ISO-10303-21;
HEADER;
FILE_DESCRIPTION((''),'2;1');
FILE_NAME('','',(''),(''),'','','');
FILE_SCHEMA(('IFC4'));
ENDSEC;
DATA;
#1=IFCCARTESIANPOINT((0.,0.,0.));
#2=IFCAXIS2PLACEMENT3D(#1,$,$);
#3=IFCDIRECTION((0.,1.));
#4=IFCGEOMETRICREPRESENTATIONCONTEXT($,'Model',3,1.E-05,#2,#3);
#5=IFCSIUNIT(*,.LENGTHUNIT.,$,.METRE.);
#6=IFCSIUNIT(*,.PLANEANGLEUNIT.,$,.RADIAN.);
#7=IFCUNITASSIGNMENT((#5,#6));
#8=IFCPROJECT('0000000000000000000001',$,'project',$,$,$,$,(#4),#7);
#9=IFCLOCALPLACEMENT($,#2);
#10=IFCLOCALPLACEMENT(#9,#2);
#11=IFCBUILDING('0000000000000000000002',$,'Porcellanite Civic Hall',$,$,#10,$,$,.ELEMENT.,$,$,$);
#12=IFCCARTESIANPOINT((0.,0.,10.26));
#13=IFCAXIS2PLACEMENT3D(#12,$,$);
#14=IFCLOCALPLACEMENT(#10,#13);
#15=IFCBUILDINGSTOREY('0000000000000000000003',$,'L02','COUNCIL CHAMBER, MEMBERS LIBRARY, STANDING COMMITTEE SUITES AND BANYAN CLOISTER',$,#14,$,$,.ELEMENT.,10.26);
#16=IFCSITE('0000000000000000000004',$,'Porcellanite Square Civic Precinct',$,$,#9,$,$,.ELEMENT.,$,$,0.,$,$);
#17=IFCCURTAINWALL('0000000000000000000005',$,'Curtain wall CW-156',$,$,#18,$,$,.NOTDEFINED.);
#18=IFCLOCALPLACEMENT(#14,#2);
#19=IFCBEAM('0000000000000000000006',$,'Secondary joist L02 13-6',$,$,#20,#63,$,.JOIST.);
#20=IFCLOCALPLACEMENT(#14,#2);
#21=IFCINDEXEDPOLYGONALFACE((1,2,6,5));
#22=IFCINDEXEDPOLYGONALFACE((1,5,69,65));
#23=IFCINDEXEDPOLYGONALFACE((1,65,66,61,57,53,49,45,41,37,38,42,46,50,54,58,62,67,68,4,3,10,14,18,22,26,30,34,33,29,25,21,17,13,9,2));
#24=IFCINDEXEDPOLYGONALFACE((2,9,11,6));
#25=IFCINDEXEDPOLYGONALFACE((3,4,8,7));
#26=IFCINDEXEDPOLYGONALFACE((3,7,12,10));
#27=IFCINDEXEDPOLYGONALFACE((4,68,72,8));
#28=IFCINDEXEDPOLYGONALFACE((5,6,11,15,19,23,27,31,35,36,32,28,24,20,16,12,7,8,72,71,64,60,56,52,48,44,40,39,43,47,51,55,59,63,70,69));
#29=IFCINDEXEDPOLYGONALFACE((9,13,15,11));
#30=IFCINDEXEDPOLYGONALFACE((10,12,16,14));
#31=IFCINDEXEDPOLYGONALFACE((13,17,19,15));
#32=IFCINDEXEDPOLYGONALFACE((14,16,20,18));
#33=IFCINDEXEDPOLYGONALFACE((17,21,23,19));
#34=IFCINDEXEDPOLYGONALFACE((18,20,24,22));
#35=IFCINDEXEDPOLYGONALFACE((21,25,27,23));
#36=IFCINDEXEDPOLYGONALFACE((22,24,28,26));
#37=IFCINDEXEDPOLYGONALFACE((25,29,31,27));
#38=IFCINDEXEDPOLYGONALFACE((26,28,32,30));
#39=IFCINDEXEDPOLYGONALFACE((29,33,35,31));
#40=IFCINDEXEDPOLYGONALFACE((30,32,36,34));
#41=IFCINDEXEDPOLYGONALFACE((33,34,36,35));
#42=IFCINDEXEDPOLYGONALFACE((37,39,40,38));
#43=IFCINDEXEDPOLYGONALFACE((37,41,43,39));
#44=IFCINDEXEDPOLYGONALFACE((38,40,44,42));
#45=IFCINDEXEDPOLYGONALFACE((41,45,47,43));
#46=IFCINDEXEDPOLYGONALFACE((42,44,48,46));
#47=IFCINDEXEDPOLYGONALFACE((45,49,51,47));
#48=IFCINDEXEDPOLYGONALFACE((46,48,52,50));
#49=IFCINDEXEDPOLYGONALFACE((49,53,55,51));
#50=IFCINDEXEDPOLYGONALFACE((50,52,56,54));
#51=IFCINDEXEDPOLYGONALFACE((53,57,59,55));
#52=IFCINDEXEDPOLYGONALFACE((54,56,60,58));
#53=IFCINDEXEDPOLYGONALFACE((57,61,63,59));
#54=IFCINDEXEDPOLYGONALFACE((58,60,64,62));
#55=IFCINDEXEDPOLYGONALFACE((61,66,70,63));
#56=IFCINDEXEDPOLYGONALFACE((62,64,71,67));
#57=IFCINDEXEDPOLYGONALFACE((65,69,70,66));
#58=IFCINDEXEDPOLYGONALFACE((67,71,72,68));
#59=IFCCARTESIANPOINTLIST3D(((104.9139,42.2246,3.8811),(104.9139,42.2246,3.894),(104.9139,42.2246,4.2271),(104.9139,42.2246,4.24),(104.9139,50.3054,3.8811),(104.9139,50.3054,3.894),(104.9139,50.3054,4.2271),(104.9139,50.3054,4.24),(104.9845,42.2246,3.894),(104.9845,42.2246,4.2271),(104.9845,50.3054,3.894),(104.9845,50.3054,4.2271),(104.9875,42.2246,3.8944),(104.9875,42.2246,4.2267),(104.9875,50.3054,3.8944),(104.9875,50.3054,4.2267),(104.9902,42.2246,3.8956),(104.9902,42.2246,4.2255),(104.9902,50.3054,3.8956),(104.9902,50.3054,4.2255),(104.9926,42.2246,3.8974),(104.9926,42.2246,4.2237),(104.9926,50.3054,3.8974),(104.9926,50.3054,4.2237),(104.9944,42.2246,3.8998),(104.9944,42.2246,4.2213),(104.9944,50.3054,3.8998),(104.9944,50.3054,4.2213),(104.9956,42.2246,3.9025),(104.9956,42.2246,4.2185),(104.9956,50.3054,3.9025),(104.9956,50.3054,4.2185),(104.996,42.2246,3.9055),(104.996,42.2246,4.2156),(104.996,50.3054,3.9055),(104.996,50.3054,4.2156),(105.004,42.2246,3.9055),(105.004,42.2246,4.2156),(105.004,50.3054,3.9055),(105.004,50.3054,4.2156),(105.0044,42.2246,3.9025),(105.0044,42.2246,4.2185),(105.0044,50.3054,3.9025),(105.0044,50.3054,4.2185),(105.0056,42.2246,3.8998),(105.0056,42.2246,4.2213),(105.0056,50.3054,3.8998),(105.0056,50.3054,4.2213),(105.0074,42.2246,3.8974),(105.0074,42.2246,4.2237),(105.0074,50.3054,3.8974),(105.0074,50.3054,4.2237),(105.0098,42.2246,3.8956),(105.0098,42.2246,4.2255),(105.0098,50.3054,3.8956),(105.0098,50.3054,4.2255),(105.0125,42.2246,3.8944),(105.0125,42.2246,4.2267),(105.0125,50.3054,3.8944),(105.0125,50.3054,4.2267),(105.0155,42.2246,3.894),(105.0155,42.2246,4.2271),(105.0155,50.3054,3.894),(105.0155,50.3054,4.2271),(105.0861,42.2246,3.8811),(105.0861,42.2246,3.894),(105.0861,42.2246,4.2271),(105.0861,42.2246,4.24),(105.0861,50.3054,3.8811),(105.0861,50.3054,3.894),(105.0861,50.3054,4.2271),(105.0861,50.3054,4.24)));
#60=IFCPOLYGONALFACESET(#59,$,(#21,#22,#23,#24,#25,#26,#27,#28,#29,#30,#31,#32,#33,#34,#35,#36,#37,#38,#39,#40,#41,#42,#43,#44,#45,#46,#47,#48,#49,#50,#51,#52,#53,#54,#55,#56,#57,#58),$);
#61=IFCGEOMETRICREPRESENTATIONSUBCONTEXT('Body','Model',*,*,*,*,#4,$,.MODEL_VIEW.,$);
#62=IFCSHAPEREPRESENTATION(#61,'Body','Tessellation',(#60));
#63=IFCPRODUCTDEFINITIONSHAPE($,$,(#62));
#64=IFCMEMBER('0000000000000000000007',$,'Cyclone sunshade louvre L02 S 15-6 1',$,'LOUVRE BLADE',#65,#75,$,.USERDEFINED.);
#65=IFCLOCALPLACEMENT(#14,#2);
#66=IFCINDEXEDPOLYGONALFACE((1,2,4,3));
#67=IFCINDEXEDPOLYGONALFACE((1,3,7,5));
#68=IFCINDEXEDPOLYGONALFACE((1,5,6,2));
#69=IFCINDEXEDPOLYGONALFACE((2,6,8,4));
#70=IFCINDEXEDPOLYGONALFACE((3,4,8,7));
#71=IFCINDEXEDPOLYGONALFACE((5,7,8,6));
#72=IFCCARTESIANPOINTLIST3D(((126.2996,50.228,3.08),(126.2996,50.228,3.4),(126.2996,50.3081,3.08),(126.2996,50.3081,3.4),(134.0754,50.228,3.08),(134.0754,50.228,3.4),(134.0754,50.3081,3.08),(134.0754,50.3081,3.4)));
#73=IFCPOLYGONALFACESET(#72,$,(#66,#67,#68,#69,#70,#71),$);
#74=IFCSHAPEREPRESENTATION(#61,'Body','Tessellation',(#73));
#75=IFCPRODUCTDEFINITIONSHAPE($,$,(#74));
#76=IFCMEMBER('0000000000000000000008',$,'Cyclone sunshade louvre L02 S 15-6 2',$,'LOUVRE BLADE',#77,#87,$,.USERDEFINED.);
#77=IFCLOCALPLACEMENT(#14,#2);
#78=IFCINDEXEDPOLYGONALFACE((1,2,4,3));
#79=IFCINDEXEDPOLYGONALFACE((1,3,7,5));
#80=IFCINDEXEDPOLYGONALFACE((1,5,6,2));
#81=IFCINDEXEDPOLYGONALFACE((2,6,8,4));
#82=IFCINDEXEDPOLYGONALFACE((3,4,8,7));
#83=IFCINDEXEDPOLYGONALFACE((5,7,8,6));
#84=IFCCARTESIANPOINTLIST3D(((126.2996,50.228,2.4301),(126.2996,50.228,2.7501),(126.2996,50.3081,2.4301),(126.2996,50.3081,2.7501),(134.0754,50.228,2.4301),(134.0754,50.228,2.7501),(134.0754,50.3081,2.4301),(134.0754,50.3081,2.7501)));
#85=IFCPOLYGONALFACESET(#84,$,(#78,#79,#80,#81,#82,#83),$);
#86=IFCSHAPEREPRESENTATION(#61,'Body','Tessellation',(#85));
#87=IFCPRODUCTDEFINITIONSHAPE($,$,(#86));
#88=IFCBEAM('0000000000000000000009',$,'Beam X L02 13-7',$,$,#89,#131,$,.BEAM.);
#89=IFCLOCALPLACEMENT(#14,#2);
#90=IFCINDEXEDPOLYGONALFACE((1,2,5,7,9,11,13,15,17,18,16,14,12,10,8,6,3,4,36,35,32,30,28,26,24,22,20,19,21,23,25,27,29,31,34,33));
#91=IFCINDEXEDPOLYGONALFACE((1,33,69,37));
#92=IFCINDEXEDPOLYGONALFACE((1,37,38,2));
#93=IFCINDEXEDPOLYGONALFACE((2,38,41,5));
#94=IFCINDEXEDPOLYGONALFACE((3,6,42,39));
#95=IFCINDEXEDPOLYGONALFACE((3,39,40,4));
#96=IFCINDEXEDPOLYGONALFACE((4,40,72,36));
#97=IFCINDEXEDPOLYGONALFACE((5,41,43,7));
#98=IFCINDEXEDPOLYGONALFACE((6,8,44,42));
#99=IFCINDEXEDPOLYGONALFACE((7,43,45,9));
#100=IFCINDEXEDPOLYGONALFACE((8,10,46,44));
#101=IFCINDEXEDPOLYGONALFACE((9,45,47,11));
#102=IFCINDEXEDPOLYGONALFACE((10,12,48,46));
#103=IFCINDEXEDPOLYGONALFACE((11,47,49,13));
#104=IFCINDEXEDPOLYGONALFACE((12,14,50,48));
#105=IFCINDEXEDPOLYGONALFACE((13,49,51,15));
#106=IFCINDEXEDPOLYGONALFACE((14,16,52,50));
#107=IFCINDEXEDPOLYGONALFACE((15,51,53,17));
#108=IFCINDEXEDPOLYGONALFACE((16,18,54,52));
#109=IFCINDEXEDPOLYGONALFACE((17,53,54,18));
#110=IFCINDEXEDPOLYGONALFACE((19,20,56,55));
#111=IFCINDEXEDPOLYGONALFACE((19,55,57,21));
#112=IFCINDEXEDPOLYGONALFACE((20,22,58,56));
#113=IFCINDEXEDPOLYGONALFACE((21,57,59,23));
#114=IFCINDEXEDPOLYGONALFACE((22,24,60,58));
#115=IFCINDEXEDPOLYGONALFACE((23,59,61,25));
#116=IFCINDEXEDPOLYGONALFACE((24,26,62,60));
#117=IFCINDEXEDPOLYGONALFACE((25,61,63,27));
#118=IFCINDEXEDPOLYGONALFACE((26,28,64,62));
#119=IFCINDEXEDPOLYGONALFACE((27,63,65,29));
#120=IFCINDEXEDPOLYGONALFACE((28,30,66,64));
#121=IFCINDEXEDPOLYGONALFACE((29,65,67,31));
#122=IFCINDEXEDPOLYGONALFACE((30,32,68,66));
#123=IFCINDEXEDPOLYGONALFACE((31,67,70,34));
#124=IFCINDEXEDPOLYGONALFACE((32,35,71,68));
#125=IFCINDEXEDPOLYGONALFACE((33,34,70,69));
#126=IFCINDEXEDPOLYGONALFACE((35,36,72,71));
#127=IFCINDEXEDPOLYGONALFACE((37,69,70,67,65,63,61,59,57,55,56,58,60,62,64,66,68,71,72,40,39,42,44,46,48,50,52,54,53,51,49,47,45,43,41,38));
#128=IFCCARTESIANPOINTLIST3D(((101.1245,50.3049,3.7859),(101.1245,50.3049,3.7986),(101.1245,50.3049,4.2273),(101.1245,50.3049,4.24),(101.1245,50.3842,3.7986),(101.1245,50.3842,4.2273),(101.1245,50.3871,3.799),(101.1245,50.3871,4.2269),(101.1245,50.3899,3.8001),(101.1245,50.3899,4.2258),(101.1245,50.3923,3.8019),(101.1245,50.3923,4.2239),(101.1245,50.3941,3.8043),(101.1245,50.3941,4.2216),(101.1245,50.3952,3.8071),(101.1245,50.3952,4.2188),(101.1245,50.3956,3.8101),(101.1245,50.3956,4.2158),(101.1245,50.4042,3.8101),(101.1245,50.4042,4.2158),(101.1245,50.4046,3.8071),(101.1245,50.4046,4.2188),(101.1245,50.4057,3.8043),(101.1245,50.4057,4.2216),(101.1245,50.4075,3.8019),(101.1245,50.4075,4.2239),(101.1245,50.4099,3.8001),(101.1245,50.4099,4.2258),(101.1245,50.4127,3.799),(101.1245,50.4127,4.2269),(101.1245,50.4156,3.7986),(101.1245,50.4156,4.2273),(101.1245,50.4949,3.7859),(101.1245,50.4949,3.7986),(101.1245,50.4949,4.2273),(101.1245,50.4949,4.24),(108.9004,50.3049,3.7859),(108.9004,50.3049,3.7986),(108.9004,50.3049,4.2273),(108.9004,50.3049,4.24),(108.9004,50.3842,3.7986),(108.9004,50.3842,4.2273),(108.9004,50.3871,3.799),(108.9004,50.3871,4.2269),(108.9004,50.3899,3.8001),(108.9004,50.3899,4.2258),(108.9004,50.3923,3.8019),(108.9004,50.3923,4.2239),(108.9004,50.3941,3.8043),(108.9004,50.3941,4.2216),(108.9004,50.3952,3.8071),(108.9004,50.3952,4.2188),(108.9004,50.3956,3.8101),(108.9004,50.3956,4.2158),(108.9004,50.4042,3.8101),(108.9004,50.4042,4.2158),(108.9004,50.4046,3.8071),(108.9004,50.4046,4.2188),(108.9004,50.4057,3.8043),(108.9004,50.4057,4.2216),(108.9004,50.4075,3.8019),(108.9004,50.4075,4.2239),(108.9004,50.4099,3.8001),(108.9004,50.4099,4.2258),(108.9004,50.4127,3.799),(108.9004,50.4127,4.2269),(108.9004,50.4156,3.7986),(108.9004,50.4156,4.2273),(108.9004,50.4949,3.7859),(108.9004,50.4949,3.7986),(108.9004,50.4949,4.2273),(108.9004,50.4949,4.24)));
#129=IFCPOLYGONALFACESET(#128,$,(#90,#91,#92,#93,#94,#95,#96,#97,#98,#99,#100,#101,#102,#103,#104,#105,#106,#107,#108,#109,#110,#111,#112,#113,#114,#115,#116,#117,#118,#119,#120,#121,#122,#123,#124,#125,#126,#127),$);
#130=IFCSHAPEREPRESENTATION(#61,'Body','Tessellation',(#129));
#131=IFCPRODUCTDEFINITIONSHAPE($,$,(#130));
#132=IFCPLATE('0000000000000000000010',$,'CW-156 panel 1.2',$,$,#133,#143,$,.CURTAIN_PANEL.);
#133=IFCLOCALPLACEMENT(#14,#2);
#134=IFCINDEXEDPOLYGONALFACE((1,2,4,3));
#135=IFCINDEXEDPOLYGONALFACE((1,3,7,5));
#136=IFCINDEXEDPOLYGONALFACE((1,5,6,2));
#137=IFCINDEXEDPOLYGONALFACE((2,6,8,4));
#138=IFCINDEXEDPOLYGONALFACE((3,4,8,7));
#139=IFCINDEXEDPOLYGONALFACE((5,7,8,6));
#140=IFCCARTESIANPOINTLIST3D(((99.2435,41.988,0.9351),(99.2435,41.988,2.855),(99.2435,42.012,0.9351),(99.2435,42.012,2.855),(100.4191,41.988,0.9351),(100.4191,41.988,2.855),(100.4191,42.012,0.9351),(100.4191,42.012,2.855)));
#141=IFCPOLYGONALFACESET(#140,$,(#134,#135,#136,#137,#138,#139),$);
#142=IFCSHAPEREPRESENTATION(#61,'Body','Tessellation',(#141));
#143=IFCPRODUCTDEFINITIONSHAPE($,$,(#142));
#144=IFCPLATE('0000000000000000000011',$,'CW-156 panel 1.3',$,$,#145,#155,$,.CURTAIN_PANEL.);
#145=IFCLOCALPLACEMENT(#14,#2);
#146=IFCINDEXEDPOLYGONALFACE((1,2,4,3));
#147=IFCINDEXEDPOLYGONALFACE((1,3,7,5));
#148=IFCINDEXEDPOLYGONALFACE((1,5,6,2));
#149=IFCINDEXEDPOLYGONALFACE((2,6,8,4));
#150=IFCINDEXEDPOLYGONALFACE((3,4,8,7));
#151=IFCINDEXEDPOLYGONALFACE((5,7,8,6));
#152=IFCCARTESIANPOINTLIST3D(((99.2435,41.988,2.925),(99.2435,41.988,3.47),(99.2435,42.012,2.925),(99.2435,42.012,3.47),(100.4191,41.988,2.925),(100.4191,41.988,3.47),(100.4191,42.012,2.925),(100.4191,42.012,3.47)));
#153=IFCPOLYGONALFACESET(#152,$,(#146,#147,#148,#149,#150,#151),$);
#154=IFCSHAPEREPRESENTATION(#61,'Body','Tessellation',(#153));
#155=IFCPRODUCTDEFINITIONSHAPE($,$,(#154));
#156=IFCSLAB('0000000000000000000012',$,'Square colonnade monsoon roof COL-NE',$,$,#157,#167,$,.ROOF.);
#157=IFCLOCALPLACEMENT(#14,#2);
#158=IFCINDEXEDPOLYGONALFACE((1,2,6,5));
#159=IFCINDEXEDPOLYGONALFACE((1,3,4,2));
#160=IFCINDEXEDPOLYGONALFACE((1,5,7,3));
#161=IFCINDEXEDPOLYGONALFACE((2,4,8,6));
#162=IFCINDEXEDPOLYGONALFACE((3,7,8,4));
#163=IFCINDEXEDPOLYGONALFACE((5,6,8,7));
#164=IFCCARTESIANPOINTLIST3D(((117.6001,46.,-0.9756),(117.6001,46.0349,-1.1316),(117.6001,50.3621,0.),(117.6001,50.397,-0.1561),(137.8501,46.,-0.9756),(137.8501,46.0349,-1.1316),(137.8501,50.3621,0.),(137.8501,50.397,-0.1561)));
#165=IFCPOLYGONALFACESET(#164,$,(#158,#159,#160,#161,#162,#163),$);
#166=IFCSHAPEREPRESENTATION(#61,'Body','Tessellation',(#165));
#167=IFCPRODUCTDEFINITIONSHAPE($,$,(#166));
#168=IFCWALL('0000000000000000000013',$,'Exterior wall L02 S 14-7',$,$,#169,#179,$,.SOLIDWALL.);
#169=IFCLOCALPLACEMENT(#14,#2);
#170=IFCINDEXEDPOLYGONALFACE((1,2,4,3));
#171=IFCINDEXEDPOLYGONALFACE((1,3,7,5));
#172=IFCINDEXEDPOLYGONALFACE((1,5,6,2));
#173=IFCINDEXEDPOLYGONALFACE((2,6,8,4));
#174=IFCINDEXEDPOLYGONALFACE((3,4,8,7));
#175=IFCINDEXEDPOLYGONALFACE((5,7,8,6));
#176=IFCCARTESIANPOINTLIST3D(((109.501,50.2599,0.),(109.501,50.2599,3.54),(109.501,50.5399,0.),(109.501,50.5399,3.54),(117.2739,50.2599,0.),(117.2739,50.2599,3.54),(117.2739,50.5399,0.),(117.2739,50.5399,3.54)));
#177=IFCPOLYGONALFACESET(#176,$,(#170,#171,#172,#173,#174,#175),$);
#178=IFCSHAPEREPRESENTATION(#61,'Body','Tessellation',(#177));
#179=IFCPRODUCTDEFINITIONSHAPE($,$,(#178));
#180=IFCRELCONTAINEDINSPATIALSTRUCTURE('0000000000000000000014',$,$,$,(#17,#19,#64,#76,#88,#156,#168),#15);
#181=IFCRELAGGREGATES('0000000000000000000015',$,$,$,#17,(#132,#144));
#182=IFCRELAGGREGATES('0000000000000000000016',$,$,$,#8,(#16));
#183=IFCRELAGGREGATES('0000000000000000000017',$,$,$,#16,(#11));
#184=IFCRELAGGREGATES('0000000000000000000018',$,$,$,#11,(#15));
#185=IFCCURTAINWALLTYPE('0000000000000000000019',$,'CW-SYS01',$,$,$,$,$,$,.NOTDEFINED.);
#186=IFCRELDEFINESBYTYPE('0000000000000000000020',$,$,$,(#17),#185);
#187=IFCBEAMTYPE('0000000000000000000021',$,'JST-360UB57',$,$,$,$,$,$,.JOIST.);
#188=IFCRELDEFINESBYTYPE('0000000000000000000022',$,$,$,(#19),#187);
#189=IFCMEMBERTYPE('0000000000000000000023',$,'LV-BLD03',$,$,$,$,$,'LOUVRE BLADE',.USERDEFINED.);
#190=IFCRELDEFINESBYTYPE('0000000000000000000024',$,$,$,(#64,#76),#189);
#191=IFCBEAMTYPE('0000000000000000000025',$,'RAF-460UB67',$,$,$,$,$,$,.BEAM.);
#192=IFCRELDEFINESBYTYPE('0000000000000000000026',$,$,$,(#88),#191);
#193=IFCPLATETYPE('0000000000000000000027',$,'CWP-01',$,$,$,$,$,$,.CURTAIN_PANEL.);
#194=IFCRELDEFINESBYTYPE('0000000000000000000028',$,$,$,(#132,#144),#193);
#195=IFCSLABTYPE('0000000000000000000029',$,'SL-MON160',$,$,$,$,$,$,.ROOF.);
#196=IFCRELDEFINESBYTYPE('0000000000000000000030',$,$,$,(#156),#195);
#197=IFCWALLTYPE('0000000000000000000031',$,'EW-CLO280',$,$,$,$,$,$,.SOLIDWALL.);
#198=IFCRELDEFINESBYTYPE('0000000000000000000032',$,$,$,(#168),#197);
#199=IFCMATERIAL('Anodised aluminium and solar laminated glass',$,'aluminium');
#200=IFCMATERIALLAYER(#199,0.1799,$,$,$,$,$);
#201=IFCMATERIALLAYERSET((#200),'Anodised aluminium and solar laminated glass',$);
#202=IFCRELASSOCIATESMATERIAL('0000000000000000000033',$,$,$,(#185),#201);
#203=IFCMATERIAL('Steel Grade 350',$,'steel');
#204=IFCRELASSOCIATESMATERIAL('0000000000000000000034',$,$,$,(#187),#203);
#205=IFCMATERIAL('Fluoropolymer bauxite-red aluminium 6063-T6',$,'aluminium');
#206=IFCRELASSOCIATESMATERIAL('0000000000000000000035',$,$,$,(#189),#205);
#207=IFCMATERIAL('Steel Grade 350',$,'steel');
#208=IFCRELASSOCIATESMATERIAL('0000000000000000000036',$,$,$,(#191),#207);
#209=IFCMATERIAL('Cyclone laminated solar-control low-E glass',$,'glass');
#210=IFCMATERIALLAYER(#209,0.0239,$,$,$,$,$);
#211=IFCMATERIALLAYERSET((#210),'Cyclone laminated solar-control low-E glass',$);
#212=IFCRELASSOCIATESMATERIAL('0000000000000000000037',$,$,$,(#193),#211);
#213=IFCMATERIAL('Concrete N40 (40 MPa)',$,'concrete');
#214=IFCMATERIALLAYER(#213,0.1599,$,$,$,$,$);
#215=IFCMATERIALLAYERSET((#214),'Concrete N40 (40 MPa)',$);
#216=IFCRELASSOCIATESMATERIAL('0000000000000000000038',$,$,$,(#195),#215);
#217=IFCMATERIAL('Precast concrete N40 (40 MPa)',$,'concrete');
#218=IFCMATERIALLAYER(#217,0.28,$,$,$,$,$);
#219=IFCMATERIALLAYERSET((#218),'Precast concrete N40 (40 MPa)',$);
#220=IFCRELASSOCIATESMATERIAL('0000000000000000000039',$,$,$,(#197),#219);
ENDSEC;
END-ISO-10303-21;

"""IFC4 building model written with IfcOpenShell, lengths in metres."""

from ifc_helpers import new_model, si_unit, direction, frame, frame_2d, origin, origin_2d, place, context, subcontext, project, spatial, polyline, rectangle, i_section, outline, extrude, material, layer, layer_set, material_profile, profile_set, type_object, element, aggregate, save


model = new_model("IFC4")

# Units and contexts
model_context = context("Model", 3, precision=1e-05, world=origin(), true_north=direction((0.0, 1.0)))
body_context = subcontext(model_context, "Body", "Model", "MODEL_VIEW")
ifc_project = project(units=[si_unit("LENGTHUNIT", "METRE"), si_unit("PLANEANGLEUNIT", "RADIAN")], contexts=[model_context])

# Site, building, storey
site_placement = place(None, origin())
site = spatial("IfcSite", under=ifc_project, at=site_placement, Name="Porcellanite Square Civic Precinct", CompositionType="ELEMENT", RefElevation=0.0)
building_placement = place(site_placement, origin())
building = spatial("IfcBuilding", under=site, at=building_placement, Name="Porcellanite Civic Hall", CompositionType="ELEMENT")
storey_placement = place(building_placement, frame((0.0, 0.0, 10.26)))
storey = spatial("IfcBuildingStorey", under=building, at=storey_placement, Name="L02", Description="COUNCIL CHAMBER, MEMBERS LIBRARY, STANDING COMMITTEE SUITES AND BANYAN CLOISTER", CompositionType="ELEMENT", Elevation=10.26)

# Curtain wall
ifc_material_1 = material(Name="Anodised aluminium and solar laminated glass", Category="aluminium")
ifc_layer_1 = layer(ifc_material_1, 0.1799)
ifc_layer_set_1 = layer_set([ifc_layer_1], Name="Anodised aluminium and solar laminated glass")
curtain_wall_type = type_object("IfcCurtainWallType", Name="CW-SYS01", PredefinedType="NOTDEFINED", material=ifc_layer_set_1)
curtain_wall_placement = place(storey_placement, origin())
curtain_wall = element("IfcCurtainWall", 1, at=curtain_wall_placement, inside=storey, type_object=curtain_wall_type, Name="Curtain wall CW-156", PredefinedType="NOTDEFINED")

# Beam
ifc_material_2 = material(Name="Steel Grade 350", Category="steel")
ifc_material_profile_1 = material_profile(ifc_material_2, i_section(OverallWidth=0.1721, OverallDepth=0.3589, WebThickness=0.0081, FlangeThickness=0.0129, FilletRadius=0.0115, at=origin_2d()), Name="360UB56.7")
ifc_profile_set_1 = profile_set([ifc_material_profile_1], Name="Steel Grade 350")
beam_type_1 = type_object("IfcBeamType", Name="JST-360UB57", PredefinedType="JOIST", material=ifc_profile_set_1)
beam_1_placement = place(storey_placement, frame((105.0, 42.2246, 4.0605), z_axis=(0.0, 1.0, 0.0), x_axis=(-1.0, 0.0, 0.0)))
element("IfcBeam", 2, at=beam_1_placement, inside=storey, type_object=beam_type_1, Name="Secondary joist L02 13-6", PredefinedType="JOIST", context=body_context, shape_type="SweptSolid", body=[
    extrude(i_section(OverallWidth=0.1721, OverallDepth=0.3589, WebThickness=0.0081, FlangeThickness=0.0129, FilletRadius=0.0115, at=origin_2d()), origin(), (0.0, 0.0, 1.0), 8.0808),
])

# Members
ifc_material_3 = material(Name="Fluoropolymer bauxite-red aluminium 6063-T6", Category="aluminium")
ifc_material_profile_2 = material_profile(ifc_material_3, rectangle(XDim=0.0801, YDim=0.3201, at=origin_2d()), Name="AL-80x320")
ifc_profile_set_2 = profile_set([ifc_material_profile_2], Name="Fluoropolymer bauxite-red aluminium 6063-T6")
member_type_1 = type_object("IfcMemberType", Name="LV-BLD03", ElementType="LOUVRE BLADE", PredefinedType="USERDEFINED", material=ifc_profile_set_2)
for number, where, z_axis, x_axis, name in (
    (3, (134.0754, 50.2681, 3.24), (-1.0, 0.0, 0.0), (0.0, -1.0, 0.0), "Cyclone sunshade louvre L02 S 15-6 1"),
    (4, (134.0754, 50.2681, 2.5901), (-1.0, 0.0, 0.0), (0.0, -1.0, 0.0), "Cyclone sunshade louvre L02 S 15-6 2"),
):
    element("IfcMember", number, at=place(storey_placement, frame(where, z_axis=z_axis, x_axis=x_axis)), inside=storey, type_object=member_type_1, Name=name, ObjectType="LOUVRE BLADE", PredefinedType="USERDEFINED", context=body_context, shape_type="SweptSolid", body=[
        extrude(rectangle(XDim=0.0801, YDim=0.3201, at=origin_2d()), origin(), (0.0, 0.0, 1.0), 7.7759),
    ])

# Beam
ifc_material_4 = material(Name="Steel Grade 350", Category="steel")
ifc_material_profile_3 = material_profile(ifc_material_4, i_section(OverallWidth=0.1899, OverallDepth=0.4541, WebThickness=0.0085, FlangeThickness=0.0127, FilletRadius=0.0115, at=origin_2d()), Name="460UB67.1")
ifc_profile_set_3 = profile_set([ifc_material_profile_3], Name="Steel Grade 350")
beam_type_2 = type_object("IfcBeamType", Name="RAF-460UB67", PredefinedType="BEAM", material=ifc_profile_set_3)
beam_2_placement = place(storey_placement, frame((101.1245, 50.3999, 4.0129), z_axis=(1.0, 0.0, 0.0), x_axis=(0.0, 1.0, 0.0)))
element("IfcBeam", 5, at=beam_2_placement, inside=storey, type_object=beam_type_2, Name="Beam X L02 13-7", PredefinedType="BEAM", context=body_context, shape_type="SweptSolid", body=[
    extrude(i_section(OverallWidth=0.1899, OverallDepth=0.4541, WebThickness=0.0085, FlangeThickness=0.0127, FilletRadius=0.0115, at=origin_2d()), origin(), (0.0, 0.0, 1.0), 7.7759),
])

# Plates
ifc_material_5 = material(Name="Cyclone laminated solar-control low-E glass", Category="glass")
ifc_layer_2 = layer(ifc_material_5, 0.0239)
ifc_layer_set_2 = layer_set([ifc_layer_2], Name="Cyclone laminated solar-control low-E glass")
plate_type = type_object("IfcPlateType", Name="CWP-01", PredefinedType="CURTAIN_PANEL", material=ifc_layer_set_2)
plate_1_placement = place(storey_placement, frame((99.8313, 42.0, 0.9351), z_axis=(0.0, 0.0, 1.0), x_axis=(-1.0, 0.0, 0.0)))
plate_1 = element("IfcPlate", 6, at=plate_1_placement, type_object=plate_type, Name="CW-156 panel 1.2", PredefinedType="CURTAIN_PANEL", context=body_context, shape_type="SweptSolid", body=[
    extrude(rectangle(XDim=1.1755, YDim=0.0239, at=origin_2d()), origin(), (0.0, 0.0, 1.0), 1.9199),
])
plate_2_placement = place(storey_placement, frame((99.8313, 42.0, 2.925), z_axis=(0.0, 0.0, 1.0), x_axis=(-1.0, 0.0, 0.0)))
plate_2 = element("IfcPlate", 7, at=plate_2_placement, type_object=plate_type, Name="CW-156 panel 1.3", PredefinedType="CURTAIN_PANEL", context=body_context, shape_type="SweptSolid", body=[
    extrude(rectangle(XDim=1.1755, YDim=0.0239, at=origin_2d()), origin(), (0.0, 0.0, 1.0), 0.5449),
])
aggregate(curtain_wall, [plate_1, plate_2])

# Slab
ifc_material_6 = material(Name="Concrete N40 (40 MPa)", Category="concrete")
ifc_layer_3 = layer(ifc_material_6, 0.1599)
ifc_layer_set_3 = layer_set([ifc_layer_3], Name="Concrete N40 (40 MPa)")
slab_type = type_object("IfcSlabType", Name="SL-MON160", PredefinedType="ROOF", material=ifc_layer_set_3)
slab_placement = place(storey_placement, frame((117.6001, 46.0, -0.9756), z_axis=(0.0, -0.21826, 0.975891), x_axis=(1.0, 0.0, 0.0)))
element("IfcSlab", 8, at=slab_placement, inside=storey, type_object=slab_type, Name="Square colonnade monsoon roof COL-NE", PredefinedType="ROOF", context=body_context, shape_type="SweptSolid", body=[
    extrude(outline(polyline([(0.0, 0.0), (20.25, 0.0), (20.25, 4.4698), (0.0, 4.4698), (0.0, 0.0)])), origin(), (0.0, 0.0, -1.0), 0.1599),
])

# Wall
ifc_material_7 = material(Name="Precast concrete N40 (40 MPa)", Category="concrete")
ifc_layer_4 = layer(ifc_material_7, 0.28)
ifc_layer_set_4 = layer_set([ifc_layer_4], Name="Precast concrete N40 (40 MPa)")
wall_type_1 = type_object("IfcWallType", Name="EW-CLO280", PredefinedType="SOLIDWALL", material=ifc_layer_set_4)
wall_1_placement = place(storey_placement, frame((117.2739, 50.3999, 0.0), z_axis=(0.0, 0.0, 1.0), x_axis=(-1.0, 0.0, 0.0)))
element("IfcWall", 9, at=wall_1_placement, inside=storey, type_object=wall_type_1, Name="Exterior wall L02 S 14-7", PredefinedType="SOLIDWALL", context=body_context, shape_type="SweptSolid", body=[
    extrude(rectangle(XDim=7.7729, YDim=0.28, at=frame_2d((3.8865, 0.0))), origin(), (0.0, 0.0, 1.0), 3.54),
])

save(model, "model.ifc")
